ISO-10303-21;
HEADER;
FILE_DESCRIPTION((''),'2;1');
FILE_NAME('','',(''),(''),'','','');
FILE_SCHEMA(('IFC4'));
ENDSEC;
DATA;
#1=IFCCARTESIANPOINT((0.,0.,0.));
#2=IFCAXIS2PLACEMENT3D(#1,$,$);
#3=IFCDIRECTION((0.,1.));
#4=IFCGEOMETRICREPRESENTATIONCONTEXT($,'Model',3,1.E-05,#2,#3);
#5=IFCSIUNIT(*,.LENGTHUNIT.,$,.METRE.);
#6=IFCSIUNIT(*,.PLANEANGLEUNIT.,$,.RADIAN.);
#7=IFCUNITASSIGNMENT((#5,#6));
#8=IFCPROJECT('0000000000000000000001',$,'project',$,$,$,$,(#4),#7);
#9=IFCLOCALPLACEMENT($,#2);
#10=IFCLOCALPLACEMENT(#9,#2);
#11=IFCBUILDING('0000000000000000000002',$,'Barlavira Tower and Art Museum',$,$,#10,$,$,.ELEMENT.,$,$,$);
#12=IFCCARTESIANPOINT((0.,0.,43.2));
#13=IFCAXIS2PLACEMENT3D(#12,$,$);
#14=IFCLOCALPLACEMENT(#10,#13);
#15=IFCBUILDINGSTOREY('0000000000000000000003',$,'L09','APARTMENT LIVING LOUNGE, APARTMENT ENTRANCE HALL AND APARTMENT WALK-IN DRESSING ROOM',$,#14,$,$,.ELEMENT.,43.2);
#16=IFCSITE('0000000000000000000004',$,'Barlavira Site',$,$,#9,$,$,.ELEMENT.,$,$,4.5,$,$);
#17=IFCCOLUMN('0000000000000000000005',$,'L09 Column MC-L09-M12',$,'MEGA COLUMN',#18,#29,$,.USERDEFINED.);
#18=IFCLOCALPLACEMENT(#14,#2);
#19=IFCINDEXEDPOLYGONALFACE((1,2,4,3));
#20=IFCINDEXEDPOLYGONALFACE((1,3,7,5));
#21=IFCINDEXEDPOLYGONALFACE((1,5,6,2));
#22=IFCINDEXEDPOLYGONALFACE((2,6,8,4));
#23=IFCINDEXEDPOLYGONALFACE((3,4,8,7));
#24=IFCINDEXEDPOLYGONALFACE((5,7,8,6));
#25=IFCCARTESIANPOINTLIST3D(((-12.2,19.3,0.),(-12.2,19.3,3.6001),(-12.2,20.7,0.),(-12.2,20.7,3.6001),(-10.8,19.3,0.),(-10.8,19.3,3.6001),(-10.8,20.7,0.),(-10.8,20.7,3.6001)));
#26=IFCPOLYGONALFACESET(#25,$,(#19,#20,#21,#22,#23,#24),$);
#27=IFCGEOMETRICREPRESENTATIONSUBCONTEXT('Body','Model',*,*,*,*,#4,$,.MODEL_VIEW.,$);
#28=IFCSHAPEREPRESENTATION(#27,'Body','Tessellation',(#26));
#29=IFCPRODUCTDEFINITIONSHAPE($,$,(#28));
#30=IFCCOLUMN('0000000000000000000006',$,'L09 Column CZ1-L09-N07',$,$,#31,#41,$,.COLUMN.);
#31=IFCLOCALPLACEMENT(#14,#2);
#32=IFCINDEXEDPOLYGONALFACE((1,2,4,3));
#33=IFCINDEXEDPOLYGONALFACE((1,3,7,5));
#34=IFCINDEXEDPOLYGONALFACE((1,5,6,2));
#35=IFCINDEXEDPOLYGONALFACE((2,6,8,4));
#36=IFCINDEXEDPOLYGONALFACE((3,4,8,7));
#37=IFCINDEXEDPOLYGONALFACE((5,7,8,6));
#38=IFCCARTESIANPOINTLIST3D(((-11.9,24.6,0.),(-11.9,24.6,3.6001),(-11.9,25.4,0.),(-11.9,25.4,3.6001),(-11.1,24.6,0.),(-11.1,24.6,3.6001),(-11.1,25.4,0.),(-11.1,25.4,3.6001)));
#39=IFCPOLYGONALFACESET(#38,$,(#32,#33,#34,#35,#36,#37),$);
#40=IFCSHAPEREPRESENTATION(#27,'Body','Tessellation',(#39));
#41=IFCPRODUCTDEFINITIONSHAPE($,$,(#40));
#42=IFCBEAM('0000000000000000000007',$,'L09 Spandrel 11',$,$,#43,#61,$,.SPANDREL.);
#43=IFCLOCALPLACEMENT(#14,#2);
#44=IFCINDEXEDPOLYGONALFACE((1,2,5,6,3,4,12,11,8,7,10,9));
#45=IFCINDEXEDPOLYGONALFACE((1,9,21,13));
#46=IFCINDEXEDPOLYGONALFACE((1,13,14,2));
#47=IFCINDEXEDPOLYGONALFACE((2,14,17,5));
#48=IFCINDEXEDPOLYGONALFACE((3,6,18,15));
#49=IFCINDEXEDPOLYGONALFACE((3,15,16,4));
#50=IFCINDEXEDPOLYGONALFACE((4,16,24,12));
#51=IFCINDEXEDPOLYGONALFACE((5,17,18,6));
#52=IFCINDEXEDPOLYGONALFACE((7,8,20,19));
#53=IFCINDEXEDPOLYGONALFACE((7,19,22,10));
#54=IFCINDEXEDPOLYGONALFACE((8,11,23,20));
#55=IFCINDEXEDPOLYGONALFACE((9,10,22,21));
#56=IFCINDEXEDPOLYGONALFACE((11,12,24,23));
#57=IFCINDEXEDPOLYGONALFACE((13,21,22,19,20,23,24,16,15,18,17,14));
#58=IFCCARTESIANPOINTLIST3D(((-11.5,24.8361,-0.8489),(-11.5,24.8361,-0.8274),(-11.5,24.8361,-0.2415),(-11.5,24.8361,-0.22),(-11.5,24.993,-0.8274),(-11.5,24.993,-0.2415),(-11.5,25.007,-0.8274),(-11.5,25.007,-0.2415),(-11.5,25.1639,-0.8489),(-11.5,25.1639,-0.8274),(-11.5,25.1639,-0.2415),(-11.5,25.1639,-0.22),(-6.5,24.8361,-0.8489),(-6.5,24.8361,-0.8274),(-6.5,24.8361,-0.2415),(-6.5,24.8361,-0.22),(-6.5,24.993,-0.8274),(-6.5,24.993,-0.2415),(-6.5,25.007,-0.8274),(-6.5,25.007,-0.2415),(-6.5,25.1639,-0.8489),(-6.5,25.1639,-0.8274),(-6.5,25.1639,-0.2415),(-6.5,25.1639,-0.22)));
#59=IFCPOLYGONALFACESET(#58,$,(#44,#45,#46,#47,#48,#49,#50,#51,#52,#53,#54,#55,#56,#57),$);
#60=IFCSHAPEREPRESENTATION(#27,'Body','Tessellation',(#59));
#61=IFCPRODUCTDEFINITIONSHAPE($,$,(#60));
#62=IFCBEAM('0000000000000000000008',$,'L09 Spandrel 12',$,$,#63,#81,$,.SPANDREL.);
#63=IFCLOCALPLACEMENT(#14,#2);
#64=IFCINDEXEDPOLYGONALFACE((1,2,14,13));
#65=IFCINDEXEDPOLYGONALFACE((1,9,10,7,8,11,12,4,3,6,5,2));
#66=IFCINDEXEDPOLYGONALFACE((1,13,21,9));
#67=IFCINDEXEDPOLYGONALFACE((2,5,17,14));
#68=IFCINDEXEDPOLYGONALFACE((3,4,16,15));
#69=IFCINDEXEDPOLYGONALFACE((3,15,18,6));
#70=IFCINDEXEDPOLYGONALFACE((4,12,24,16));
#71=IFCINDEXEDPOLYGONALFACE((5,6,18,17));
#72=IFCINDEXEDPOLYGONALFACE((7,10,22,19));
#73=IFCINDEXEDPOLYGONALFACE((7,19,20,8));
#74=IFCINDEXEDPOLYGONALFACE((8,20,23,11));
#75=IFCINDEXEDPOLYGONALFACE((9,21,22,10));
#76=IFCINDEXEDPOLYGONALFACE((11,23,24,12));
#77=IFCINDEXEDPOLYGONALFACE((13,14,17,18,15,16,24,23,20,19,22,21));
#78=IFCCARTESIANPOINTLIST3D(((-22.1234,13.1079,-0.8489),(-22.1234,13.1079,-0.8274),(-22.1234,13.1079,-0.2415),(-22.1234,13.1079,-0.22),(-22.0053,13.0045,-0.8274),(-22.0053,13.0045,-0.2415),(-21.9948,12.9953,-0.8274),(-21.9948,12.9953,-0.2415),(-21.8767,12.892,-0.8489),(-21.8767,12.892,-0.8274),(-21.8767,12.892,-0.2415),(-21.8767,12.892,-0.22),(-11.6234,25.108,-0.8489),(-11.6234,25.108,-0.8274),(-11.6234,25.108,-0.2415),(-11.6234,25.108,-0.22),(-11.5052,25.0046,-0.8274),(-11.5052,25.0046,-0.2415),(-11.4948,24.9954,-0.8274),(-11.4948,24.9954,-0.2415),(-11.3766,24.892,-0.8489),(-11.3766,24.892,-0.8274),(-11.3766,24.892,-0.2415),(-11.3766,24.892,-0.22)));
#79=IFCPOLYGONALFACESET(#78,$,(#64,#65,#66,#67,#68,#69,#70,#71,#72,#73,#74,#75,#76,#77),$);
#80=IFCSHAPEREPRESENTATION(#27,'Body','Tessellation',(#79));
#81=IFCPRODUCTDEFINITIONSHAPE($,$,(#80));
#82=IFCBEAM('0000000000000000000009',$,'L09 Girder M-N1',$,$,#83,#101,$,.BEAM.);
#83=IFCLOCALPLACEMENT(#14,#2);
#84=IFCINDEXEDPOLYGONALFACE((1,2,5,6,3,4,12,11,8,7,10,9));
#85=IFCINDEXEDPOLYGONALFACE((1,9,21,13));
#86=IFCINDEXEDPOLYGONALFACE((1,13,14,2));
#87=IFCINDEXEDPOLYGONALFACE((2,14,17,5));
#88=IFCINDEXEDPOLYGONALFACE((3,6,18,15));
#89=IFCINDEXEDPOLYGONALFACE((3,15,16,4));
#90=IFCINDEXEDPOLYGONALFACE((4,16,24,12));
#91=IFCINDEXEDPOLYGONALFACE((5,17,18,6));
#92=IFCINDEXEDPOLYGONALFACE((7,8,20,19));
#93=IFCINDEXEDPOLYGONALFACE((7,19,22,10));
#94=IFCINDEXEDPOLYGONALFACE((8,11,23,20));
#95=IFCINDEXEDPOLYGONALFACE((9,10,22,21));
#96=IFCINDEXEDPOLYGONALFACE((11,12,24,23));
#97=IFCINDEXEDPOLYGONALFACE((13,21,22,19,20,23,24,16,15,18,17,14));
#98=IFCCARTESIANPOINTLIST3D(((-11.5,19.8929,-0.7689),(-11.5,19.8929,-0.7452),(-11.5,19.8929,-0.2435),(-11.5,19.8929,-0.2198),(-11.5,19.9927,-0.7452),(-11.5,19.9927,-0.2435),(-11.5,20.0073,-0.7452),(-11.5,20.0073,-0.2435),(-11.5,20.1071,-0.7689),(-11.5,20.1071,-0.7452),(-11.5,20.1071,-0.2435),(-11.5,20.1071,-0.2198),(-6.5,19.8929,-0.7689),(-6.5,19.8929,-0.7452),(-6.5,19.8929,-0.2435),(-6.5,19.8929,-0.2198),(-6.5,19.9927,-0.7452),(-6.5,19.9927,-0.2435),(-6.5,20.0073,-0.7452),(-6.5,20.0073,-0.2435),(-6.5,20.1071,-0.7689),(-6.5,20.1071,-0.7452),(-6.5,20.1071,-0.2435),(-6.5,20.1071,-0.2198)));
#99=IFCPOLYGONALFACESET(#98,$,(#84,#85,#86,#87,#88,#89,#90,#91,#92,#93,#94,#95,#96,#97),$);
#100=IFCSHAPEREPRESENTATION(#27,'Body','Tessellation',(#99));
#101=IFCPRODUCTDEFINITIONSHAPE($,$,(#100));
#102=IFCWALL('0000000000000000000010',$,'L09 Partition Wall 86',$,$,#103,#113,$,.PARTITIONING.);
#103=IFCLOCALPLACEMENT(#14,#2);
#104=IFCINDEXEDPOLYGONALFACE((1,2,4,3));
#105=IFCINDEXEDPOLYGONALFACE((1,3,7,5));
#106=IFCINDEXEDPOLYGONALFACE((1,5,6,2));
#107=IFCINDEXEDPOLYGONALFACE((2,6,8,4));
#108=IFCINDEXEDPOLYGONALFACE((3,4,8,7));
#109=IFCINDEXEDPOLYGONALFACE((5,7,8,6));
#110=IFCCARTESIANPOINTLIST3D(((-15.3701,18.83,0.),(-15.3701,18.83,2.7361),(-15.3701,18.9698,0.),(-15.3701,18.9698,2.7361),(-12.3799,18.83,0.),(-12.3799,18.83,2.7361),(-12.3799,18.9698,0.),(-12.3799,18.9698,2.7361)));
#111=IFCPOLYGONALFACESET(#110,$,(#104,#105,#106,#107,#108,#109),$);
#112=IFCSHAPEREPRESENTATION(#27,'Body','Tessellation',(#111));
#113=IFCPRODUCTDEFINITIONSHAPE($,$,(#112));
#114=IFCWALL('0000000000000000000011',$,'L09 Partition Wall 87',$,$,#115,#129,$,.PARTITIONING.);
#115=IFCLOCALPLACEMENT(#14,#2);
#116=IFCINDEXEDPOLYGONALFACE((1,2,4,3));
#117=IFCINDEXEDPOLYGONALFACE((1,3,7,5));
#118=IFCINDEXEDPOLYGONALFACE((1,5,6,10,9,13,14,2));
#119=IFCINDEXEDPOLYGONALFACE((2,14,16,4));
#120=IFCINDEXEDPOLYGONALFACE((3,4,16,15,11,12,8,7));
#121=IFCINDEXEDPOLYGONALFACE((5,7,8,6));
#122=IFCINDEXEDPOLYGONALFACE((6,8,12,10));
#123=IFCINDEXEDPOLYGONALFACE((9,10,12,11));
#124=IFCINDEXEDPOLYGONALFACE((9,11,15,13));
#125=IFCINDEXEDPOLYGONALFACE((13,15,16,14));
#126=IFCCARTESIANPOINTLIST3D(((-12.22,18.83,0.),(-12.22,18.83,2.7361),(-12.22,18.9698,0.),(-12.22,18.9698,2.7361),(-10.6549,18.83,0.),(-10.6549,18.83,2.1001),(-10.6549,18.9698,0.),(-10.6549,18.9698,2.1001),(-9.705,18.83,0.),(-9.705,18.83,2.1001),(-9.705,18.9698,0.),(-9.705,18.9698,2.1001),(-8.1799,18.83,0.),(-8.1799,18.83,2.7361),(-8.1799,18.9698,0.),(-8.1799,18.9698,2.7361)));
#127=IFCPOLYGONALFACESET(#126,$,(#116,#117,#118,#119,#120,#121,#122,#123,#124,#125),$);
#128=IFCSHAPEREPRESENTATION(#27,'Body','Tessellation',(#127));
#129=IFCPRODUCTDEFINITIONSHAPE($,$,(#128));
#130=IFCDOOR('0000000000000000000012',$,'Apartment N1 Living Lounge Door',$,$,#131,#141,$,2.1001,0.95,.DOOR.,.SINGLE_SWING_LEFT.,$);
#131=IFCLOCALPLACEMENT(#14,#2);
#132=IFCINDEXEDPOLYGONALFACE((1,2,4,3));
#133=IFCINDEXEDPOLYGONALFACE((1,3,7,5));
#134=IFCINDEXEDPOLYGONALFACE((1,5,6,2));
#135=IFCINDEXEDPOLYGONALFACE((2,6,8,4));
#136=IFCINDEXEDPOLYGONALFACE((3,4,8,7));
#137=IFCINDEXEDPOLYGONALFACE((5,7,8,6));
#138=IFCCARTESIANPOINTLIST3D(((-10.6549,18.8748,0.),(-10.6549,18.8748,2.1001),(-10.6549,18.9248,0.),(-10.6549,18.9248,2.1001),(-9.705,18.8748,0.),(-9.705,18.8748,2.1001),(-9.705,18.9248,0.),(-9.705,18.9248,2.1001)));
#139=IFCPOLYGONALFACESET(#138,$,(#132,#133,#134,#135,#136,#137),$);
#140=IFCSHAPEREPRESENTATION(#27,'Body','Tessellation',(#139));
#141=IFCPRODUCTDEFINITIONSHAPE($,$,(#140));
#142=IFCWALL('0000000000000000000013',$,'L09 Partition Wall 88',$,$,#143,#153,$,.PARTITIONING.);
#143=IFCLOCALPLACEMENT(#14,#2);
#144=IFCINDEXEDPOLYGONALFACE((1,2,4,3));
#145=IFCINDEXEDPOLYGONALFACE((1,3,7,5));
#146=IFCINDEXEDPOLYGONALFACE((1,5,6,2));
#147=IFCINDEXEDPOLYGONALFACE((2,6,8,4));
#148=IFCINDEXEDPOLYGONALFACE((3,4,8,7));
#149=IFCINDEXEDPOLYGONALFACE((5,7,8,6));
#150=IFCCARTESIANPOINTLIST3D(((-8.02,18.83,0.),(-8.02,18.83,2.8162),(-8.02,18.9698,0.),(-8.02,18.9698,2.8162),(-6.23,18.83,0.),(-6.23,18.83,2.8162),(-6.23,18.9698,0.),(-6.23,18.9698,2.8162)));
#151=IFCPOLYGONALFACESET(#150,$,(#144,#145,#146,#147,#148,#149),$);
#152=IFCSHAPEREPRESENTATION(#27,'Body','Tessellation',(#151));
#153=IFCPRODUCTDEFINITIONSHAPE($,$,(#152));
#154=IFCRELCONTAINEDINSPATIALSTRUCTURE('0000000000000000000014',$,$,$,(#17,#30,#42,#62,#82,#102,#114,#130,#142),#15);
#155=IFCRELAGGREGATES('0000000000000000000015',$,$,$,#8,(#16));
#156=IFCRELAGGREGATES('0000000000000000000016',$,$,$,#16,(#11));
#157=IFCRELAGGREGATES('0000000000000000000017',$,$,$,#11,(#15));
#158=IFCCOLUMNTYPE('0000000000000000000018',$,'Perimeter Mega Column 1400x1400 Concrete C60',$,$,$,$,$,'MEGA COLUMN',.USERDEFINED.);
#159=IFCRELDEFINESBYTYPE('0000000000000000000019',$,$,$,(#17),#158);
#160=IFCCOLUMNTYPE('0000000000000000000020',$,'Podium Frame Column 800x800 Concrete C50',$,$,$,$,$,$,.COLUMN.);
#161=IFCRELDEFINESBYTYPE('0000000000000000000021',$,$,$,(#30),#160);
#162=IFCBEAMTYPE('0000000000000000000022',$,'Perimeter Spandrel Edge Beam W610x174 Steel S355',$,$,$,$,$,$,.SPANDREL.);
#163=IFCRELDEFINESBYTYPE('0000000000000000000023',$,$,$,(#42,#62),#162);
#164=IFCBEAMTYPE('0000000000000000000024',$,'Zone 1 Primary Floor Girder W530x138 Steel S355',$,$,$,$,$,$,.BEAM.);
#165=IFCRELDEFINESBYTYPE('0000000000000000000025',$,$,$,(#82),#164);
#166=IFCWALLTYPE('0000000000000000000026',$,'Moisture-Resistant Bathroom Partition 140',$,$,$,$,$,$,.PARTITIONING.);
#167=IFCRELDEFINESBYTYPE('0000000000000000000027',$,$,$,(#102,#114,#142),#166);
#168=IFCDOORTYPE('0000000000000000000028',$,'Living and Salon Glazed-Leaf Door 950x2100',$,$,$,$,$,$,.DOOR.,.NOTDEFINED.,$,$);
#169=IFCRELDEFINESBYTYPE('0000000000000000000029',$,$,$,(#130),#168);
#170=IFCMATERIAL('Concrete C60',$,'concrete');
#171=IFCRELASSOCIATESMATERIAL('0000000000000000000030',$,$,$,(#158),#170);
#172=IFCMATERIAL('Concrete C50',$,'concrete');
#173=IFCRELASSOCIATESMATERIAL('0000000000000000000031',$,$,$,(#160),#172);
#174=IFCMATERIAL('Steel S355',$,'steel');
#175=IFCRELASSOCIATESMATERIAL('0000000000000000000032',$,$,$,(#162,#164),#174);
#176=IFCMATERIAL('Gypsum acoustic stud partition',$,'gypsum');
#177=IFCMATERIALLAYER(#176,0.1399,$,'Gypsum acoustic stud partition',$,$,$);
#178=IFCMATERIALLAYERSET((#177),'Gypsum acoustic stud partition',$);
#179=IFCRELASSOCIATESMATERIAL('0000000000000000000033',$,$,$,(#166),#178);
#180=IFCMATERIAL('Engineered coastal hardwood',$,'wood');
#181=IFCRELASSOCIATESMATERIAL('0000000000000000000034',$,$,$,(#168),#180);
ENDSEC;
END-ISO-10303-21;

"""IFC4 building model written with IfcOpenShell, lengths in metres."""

from ifc_helpers import new_model, si_unit, direction, frame, frame_2d, origin, origin_2d, place, context, subcontext, project, spatial, rectangle, i_section, extrude, material, layer, layer_set, material_profile, profile_set, type_object, element, fill, save


model = new_model("IFC4")

# Units and contexts
model_context = context("Model", 3, precision=1e-05, world=origin(), true_north=direction((0.0, 1.0)))
body_context = subcontext(model_context, "Body", "Model", "MODEL_VIEW")
ifc_project = project(units=[si_unit("LENGTHUNIT", "METRE"), si_unit("PLANEANGLEUNIT", "RADIAN")], contexts=[model_context])

# Site, building, storey
site_placement = place(None, origin())
site = spatial("IfcSite", under=ifc_project, at=site_placement, Name="Barlavira Site", CompositionType="ELEMENT", RefElevation=4.5)
building_placement = place(site_placement, origin())
building = spatial("IfcBuilding", under=site, at=building_placement, Name="Barlavira Tower and Art Museum", CompositionType="ELEMENT")
storey_placement = place(building_placement, frame((0.0, 0.0, 43.2)))
storey = spatial("IfcBuildingStorey", under=building, at=storey_placement, Name="L09", Description="APARTMENT LIVING LOUNGE, APARTMENT ENTRANCE HALL AND APARTMENT WALK-IN DRESSING ROOM", CompositionType="ELEMENT", Elevation=43.2)

# Columns
ifc_material_1 = material(Name="Concrete C60", Category="concrete")
ifc_material_profile_1 = material_profile(ifc_material_1, rectangle(XDim=1.3999, YDim=1.3999, at=origin_2d()), Name="RC-MCOL 1400x1400")
ifc_profile_set_1 = profile_set([ifc_material_profile_1], Name="Concrete C60")
column_type_1 = type_object("IfcColumnType", Name="Perimeter Mega Column 1400x1400 Concrete C60", ElementType="MEGA COLUMN", PredefinedType="USERDEFINED", material=ifc_profile_set_1)
column_1_placement = place(storey_placement, frame((-11.5, 20.0, 0.0), z_axis=(0.0, 0.0, 1.0), x_axis=(1.0, 0.0, 0.0)))
element("IfcColumn", 1, at=column_1_placement, inside=storey, type_object=column_type_1, Name="L09 Column MC-L09-M12", ObjectType="MEGA COLUMN", PredefinedType="USERDEFINED", context=body_context, shape_type="SweptSolid", body=[
    extrude(rectangle(XDim=1.3999, YDim=1.3999, at=origin_2d()), origin(), (0.0, 0.0, 1.0), 3.6001),
])
ifc_material_2 = material(Name="Concrete C50", Category="concrete")
ifc_material_profile_2 = material_profile(ifc_material_2, rectangle(XDim=0.8, YDim=0.8, at=origin_2d()), Name="RC-COL 800x800")
ifc_profile_set_2 = profile_set([ifc_material_profile_2], Name="Concrete C50")
column_type_2 = type_object("IfcColumnType", Name="Podium Frame Column 800x800 Concrete C50", PredefinedType="COLUMN", material=ifc_profile_set_2)
column_2_placement = place(storey_placement, frame((-11.5, 25.0, 0.0), z_axis=(0.0, 0.0, 1.0), x_axis=(1.0, 0.0, 0.0)))
element("IfcColumn", 2, at=column_2_placement, inside=storey, type_object=column_type_2, Name="L09 Column CZ1-L09-N07", PredefinedType="COLUMN", context=body_context, shape_type="SweptSolid", body=[
    extrude(rectangle(XDim=0.8, YDim=0.8, at=origin_2d()), origin(), (0.0, 0.0, 1.0), 3.6001),
])

# Beams
ifc_material_3 = material(Name="Steel S355", Category="steel")
ifc_material_profile_3 = material_profile(ifc_material_3, i_section(OverallWidth=0.3279, OverallDepth=0.6289, WebThickness=0.0139, FlangeThickness=0.0215, at=origin_2d()), Name="W610x174.0")
ifc_profile_set_3 = profile_set([ifc_material_profile_3], Name="Steel S355")
beam_type_1 = type_object("IfcBeamType", Name="Perimeter Spandrel Edge Beam W610x174 Steel S355", PredefinedType="SPANDREL", material=ifc_profile_set_3)
beam_1_placement = place(storey_placement, frame((-11.5, 25.0, -0.5344), z_axis=(1.0, 0.0, 0.0), x_axis=(0.0, 1.0, 0.0)))
element("IfcBeam", 3, at=beam_1_placement, inside=storey, type_object=beam_type_1, Name="L09 Spandrel 11", PredefinedType="SPANDREL", context=body_context, shape_type="SweptSolid", body=[
    extrude(i_section(OverallWidth=0.3279, OverallDepth=0.6289, WebThickness=0.0139, FlangeThickness=0.0215, at=origin_2d()), origin(), (0.0, 0.0, 1.0), 5.0),
])
beam_2_placement = place(storey_placement, frame((-11.5, 25.0, -0.5344), z_axis=(-0.658505, -0.752577, 0.0), x_axis=(0.752577, -0.658505, 0.0)))
element("IfcBeam", 4, at=beam_2_placement, inside=storey, type_object=beam_type_1, Name="L09 Spandrel 12", PredefinedType="SPANDREL", context=body_context, shape_type="SweptSolid", body=[
    extrude(i_section(OverallWidth=0.3279, OverallDepth=0.6289, WebThickness=0.0139, FlangeThickness=0.0215, at=origin_2d()), origin(), (0.0, 0.0, 1.0), 15.9453),
])
ifc_material_profile_4 = material_profile(ifc_material_3, i_section(OverallWidth=0.2141, OverallDepth=0.5491, WebThickness=0.0146, FlangeThickness=0.0237, at=origin_2d()), Name="W530x138.0")
ifc_profile_set_4 = profile_set([ifc_material_profile_4], Name="Steel S355")
beam_type_2 = type_object("IfcBeamType", Name="Zone 1 Primary Floor Girder W530x138 Steel S355", PredefinedType="BEAM", material=ifc_profile_set_4)
beam_3_placement = place(storey_placement, frame((-11.5, 20.0, -0.4944), z_axis=(1.0, 0.0, 0.0), x_axis=(0.0, 1.0, 0.0)))
element("IfcBeam", 5, at=beam_3_placement, inside=storey, type_object=beam_type_2, Name="L09 Girder M-N1", PredefinedType="BEAM", context=body_context, shape_type="SweptSolid", body=[
    extrude(i_section(OverallWidth=0.2141, OverallDepth=0.5491, WebThickness=0.0146, FlangeThickness=0.0237, at=origin_2d()), origin(), (0.0, 0.0, 1.0), 5.0),
])

# Wall
ifc_material_4 = material(Name="Gypsum acoustic stud partition", Category="gypsum")
ifc_layer_1 = layer(ifc_material_4, 0.1399, Name="Gypsum acoustic stud partition")
ifc_layer_set_1 = layer_set([ifc_layer_1], Name="Gypsum acoustic stud partition")
wall_type_1 = type_object("IfcWallType", Name="Moisture-Resistant Bathroom Partition 140", PredefinedType="PARTITIONING", material=ifc_layer_set_1)
wall_1_placement = place(storey_placement, frame((-15.3701, 18.8999, 0.0), z_axis=(0.0, 0.0, 1.0), x_axis=(1.0, 0.0, 0.0)))
element("IfcWall", 6, at=wall_1_placement, inside=storey, type_object=wall_type_1, Name="L09 Partition Wall 86", PredefinedType="PARTITIONING", context=body_context, shape_type="SweptSolid", body=[
    extrude(rectangle(XDim=2.9902, YDim=0.1399, at=frame_2d((1.4951, 0.0))), origin(), (0.0, 0.0, 1.0), 2.7361),
])

# Wall, opening, door
wall_2_placement = place(storey_placement, frame((-12.22, 18.8999, 0.0), z_axis=(0.0, 0.0, 1.0), x_axis=(1.0, 0.0, 0.0)))
wall_2 = element("IfcWall", 7, at=wall_2_placement, inside=storey, type_object=wall_type_1, Name="L09 Partition Wall 87", PredefinedType="PARTITIONING", context=body_context, shape_type="SweptSolid", body=[
    extrude(rectangle(XDim=4.04, YDim=0.1399, at=frame_2d((2.02, 0.0))), origin(), (0.0, 0.0, 1.0), 2.7361),
])
opening_1_placement = place(wall_2_placement, frame((1.5649, 0.0, 0.0)))
opening_1 = element("IfcOpeningElement", 8, at=opening_1_placement, cuts=wall_2, PredefinedType="OPENING", context=body_context, shape_type="SweptSolid", body=[
    extrude(rectangle(XDim=0.95, YDim=2.1001, at=frame_2d((0.4751, 1.05))), frame((0.0, 0.0801, 0.0), z_axis=(0.0, -1.0, 0.0), x_axis=(1.0, 0.0, 0.0)), (0.0, 0.0, 1.0), 0.1599),
])
ifc_material_5 = material(Name="Engineered coastal hardwood", Category="wood")
door_type = type_object("IfcDoorType", Name="Living and Salon Glazed-Leaf Door 950x2100", OperationType="NOTDEFINED", PredefinedType="DOOR", material=ifc_material_5)
door_placement = place(opening_1_placement, origin())
door = element("IfcDoor", 9, at=door_placement, inside=storey, type_object=door_type, Name="Apartment N1 Living Lounge Door", OperationType="SINGLE_SWING_LEFT", OverallHeight=2.1001, OverallWidth=0.95, PredefinedType="DOOR", context=body_context, shape_type="SweptSolid", body=[
    extrude(rectangle(XDim=0.95, YDim=2.1001, at=frame_2d((0.4751, 1.05))), frame((0.0, 0.0249, 0.0), z_axis=(0.0, -1.0, 0.0), x_axis=(1.0, 0.0, 0.0)), (0.0, 0.0, 1.0), 0.05),
])
fill(opening_1, door)

# Wall
wall_3_placement = place(storey_placement, frame((-8.02, 18.8999, 0.0), z_axis=(0.0, 0.0, 1.0), x_axis=(1.0, 0.0, 0.0)))
element("IfcWall", 10, at=wall_3_placement, inside=storey, type_object=wall_type_1, Name="L09 Partition Wall 88", PredefinedType="PARTITIONING", context=body_context, shape_type="SweptSolid", body=[
    extrude(rectangle(XDim=1.79, YDim=0.1399, at=frame_2d((0.895, 0.0))), origin(), (0.0, 0.0, 1.0), 2.8162),
])

save(model, "model.ifc")
